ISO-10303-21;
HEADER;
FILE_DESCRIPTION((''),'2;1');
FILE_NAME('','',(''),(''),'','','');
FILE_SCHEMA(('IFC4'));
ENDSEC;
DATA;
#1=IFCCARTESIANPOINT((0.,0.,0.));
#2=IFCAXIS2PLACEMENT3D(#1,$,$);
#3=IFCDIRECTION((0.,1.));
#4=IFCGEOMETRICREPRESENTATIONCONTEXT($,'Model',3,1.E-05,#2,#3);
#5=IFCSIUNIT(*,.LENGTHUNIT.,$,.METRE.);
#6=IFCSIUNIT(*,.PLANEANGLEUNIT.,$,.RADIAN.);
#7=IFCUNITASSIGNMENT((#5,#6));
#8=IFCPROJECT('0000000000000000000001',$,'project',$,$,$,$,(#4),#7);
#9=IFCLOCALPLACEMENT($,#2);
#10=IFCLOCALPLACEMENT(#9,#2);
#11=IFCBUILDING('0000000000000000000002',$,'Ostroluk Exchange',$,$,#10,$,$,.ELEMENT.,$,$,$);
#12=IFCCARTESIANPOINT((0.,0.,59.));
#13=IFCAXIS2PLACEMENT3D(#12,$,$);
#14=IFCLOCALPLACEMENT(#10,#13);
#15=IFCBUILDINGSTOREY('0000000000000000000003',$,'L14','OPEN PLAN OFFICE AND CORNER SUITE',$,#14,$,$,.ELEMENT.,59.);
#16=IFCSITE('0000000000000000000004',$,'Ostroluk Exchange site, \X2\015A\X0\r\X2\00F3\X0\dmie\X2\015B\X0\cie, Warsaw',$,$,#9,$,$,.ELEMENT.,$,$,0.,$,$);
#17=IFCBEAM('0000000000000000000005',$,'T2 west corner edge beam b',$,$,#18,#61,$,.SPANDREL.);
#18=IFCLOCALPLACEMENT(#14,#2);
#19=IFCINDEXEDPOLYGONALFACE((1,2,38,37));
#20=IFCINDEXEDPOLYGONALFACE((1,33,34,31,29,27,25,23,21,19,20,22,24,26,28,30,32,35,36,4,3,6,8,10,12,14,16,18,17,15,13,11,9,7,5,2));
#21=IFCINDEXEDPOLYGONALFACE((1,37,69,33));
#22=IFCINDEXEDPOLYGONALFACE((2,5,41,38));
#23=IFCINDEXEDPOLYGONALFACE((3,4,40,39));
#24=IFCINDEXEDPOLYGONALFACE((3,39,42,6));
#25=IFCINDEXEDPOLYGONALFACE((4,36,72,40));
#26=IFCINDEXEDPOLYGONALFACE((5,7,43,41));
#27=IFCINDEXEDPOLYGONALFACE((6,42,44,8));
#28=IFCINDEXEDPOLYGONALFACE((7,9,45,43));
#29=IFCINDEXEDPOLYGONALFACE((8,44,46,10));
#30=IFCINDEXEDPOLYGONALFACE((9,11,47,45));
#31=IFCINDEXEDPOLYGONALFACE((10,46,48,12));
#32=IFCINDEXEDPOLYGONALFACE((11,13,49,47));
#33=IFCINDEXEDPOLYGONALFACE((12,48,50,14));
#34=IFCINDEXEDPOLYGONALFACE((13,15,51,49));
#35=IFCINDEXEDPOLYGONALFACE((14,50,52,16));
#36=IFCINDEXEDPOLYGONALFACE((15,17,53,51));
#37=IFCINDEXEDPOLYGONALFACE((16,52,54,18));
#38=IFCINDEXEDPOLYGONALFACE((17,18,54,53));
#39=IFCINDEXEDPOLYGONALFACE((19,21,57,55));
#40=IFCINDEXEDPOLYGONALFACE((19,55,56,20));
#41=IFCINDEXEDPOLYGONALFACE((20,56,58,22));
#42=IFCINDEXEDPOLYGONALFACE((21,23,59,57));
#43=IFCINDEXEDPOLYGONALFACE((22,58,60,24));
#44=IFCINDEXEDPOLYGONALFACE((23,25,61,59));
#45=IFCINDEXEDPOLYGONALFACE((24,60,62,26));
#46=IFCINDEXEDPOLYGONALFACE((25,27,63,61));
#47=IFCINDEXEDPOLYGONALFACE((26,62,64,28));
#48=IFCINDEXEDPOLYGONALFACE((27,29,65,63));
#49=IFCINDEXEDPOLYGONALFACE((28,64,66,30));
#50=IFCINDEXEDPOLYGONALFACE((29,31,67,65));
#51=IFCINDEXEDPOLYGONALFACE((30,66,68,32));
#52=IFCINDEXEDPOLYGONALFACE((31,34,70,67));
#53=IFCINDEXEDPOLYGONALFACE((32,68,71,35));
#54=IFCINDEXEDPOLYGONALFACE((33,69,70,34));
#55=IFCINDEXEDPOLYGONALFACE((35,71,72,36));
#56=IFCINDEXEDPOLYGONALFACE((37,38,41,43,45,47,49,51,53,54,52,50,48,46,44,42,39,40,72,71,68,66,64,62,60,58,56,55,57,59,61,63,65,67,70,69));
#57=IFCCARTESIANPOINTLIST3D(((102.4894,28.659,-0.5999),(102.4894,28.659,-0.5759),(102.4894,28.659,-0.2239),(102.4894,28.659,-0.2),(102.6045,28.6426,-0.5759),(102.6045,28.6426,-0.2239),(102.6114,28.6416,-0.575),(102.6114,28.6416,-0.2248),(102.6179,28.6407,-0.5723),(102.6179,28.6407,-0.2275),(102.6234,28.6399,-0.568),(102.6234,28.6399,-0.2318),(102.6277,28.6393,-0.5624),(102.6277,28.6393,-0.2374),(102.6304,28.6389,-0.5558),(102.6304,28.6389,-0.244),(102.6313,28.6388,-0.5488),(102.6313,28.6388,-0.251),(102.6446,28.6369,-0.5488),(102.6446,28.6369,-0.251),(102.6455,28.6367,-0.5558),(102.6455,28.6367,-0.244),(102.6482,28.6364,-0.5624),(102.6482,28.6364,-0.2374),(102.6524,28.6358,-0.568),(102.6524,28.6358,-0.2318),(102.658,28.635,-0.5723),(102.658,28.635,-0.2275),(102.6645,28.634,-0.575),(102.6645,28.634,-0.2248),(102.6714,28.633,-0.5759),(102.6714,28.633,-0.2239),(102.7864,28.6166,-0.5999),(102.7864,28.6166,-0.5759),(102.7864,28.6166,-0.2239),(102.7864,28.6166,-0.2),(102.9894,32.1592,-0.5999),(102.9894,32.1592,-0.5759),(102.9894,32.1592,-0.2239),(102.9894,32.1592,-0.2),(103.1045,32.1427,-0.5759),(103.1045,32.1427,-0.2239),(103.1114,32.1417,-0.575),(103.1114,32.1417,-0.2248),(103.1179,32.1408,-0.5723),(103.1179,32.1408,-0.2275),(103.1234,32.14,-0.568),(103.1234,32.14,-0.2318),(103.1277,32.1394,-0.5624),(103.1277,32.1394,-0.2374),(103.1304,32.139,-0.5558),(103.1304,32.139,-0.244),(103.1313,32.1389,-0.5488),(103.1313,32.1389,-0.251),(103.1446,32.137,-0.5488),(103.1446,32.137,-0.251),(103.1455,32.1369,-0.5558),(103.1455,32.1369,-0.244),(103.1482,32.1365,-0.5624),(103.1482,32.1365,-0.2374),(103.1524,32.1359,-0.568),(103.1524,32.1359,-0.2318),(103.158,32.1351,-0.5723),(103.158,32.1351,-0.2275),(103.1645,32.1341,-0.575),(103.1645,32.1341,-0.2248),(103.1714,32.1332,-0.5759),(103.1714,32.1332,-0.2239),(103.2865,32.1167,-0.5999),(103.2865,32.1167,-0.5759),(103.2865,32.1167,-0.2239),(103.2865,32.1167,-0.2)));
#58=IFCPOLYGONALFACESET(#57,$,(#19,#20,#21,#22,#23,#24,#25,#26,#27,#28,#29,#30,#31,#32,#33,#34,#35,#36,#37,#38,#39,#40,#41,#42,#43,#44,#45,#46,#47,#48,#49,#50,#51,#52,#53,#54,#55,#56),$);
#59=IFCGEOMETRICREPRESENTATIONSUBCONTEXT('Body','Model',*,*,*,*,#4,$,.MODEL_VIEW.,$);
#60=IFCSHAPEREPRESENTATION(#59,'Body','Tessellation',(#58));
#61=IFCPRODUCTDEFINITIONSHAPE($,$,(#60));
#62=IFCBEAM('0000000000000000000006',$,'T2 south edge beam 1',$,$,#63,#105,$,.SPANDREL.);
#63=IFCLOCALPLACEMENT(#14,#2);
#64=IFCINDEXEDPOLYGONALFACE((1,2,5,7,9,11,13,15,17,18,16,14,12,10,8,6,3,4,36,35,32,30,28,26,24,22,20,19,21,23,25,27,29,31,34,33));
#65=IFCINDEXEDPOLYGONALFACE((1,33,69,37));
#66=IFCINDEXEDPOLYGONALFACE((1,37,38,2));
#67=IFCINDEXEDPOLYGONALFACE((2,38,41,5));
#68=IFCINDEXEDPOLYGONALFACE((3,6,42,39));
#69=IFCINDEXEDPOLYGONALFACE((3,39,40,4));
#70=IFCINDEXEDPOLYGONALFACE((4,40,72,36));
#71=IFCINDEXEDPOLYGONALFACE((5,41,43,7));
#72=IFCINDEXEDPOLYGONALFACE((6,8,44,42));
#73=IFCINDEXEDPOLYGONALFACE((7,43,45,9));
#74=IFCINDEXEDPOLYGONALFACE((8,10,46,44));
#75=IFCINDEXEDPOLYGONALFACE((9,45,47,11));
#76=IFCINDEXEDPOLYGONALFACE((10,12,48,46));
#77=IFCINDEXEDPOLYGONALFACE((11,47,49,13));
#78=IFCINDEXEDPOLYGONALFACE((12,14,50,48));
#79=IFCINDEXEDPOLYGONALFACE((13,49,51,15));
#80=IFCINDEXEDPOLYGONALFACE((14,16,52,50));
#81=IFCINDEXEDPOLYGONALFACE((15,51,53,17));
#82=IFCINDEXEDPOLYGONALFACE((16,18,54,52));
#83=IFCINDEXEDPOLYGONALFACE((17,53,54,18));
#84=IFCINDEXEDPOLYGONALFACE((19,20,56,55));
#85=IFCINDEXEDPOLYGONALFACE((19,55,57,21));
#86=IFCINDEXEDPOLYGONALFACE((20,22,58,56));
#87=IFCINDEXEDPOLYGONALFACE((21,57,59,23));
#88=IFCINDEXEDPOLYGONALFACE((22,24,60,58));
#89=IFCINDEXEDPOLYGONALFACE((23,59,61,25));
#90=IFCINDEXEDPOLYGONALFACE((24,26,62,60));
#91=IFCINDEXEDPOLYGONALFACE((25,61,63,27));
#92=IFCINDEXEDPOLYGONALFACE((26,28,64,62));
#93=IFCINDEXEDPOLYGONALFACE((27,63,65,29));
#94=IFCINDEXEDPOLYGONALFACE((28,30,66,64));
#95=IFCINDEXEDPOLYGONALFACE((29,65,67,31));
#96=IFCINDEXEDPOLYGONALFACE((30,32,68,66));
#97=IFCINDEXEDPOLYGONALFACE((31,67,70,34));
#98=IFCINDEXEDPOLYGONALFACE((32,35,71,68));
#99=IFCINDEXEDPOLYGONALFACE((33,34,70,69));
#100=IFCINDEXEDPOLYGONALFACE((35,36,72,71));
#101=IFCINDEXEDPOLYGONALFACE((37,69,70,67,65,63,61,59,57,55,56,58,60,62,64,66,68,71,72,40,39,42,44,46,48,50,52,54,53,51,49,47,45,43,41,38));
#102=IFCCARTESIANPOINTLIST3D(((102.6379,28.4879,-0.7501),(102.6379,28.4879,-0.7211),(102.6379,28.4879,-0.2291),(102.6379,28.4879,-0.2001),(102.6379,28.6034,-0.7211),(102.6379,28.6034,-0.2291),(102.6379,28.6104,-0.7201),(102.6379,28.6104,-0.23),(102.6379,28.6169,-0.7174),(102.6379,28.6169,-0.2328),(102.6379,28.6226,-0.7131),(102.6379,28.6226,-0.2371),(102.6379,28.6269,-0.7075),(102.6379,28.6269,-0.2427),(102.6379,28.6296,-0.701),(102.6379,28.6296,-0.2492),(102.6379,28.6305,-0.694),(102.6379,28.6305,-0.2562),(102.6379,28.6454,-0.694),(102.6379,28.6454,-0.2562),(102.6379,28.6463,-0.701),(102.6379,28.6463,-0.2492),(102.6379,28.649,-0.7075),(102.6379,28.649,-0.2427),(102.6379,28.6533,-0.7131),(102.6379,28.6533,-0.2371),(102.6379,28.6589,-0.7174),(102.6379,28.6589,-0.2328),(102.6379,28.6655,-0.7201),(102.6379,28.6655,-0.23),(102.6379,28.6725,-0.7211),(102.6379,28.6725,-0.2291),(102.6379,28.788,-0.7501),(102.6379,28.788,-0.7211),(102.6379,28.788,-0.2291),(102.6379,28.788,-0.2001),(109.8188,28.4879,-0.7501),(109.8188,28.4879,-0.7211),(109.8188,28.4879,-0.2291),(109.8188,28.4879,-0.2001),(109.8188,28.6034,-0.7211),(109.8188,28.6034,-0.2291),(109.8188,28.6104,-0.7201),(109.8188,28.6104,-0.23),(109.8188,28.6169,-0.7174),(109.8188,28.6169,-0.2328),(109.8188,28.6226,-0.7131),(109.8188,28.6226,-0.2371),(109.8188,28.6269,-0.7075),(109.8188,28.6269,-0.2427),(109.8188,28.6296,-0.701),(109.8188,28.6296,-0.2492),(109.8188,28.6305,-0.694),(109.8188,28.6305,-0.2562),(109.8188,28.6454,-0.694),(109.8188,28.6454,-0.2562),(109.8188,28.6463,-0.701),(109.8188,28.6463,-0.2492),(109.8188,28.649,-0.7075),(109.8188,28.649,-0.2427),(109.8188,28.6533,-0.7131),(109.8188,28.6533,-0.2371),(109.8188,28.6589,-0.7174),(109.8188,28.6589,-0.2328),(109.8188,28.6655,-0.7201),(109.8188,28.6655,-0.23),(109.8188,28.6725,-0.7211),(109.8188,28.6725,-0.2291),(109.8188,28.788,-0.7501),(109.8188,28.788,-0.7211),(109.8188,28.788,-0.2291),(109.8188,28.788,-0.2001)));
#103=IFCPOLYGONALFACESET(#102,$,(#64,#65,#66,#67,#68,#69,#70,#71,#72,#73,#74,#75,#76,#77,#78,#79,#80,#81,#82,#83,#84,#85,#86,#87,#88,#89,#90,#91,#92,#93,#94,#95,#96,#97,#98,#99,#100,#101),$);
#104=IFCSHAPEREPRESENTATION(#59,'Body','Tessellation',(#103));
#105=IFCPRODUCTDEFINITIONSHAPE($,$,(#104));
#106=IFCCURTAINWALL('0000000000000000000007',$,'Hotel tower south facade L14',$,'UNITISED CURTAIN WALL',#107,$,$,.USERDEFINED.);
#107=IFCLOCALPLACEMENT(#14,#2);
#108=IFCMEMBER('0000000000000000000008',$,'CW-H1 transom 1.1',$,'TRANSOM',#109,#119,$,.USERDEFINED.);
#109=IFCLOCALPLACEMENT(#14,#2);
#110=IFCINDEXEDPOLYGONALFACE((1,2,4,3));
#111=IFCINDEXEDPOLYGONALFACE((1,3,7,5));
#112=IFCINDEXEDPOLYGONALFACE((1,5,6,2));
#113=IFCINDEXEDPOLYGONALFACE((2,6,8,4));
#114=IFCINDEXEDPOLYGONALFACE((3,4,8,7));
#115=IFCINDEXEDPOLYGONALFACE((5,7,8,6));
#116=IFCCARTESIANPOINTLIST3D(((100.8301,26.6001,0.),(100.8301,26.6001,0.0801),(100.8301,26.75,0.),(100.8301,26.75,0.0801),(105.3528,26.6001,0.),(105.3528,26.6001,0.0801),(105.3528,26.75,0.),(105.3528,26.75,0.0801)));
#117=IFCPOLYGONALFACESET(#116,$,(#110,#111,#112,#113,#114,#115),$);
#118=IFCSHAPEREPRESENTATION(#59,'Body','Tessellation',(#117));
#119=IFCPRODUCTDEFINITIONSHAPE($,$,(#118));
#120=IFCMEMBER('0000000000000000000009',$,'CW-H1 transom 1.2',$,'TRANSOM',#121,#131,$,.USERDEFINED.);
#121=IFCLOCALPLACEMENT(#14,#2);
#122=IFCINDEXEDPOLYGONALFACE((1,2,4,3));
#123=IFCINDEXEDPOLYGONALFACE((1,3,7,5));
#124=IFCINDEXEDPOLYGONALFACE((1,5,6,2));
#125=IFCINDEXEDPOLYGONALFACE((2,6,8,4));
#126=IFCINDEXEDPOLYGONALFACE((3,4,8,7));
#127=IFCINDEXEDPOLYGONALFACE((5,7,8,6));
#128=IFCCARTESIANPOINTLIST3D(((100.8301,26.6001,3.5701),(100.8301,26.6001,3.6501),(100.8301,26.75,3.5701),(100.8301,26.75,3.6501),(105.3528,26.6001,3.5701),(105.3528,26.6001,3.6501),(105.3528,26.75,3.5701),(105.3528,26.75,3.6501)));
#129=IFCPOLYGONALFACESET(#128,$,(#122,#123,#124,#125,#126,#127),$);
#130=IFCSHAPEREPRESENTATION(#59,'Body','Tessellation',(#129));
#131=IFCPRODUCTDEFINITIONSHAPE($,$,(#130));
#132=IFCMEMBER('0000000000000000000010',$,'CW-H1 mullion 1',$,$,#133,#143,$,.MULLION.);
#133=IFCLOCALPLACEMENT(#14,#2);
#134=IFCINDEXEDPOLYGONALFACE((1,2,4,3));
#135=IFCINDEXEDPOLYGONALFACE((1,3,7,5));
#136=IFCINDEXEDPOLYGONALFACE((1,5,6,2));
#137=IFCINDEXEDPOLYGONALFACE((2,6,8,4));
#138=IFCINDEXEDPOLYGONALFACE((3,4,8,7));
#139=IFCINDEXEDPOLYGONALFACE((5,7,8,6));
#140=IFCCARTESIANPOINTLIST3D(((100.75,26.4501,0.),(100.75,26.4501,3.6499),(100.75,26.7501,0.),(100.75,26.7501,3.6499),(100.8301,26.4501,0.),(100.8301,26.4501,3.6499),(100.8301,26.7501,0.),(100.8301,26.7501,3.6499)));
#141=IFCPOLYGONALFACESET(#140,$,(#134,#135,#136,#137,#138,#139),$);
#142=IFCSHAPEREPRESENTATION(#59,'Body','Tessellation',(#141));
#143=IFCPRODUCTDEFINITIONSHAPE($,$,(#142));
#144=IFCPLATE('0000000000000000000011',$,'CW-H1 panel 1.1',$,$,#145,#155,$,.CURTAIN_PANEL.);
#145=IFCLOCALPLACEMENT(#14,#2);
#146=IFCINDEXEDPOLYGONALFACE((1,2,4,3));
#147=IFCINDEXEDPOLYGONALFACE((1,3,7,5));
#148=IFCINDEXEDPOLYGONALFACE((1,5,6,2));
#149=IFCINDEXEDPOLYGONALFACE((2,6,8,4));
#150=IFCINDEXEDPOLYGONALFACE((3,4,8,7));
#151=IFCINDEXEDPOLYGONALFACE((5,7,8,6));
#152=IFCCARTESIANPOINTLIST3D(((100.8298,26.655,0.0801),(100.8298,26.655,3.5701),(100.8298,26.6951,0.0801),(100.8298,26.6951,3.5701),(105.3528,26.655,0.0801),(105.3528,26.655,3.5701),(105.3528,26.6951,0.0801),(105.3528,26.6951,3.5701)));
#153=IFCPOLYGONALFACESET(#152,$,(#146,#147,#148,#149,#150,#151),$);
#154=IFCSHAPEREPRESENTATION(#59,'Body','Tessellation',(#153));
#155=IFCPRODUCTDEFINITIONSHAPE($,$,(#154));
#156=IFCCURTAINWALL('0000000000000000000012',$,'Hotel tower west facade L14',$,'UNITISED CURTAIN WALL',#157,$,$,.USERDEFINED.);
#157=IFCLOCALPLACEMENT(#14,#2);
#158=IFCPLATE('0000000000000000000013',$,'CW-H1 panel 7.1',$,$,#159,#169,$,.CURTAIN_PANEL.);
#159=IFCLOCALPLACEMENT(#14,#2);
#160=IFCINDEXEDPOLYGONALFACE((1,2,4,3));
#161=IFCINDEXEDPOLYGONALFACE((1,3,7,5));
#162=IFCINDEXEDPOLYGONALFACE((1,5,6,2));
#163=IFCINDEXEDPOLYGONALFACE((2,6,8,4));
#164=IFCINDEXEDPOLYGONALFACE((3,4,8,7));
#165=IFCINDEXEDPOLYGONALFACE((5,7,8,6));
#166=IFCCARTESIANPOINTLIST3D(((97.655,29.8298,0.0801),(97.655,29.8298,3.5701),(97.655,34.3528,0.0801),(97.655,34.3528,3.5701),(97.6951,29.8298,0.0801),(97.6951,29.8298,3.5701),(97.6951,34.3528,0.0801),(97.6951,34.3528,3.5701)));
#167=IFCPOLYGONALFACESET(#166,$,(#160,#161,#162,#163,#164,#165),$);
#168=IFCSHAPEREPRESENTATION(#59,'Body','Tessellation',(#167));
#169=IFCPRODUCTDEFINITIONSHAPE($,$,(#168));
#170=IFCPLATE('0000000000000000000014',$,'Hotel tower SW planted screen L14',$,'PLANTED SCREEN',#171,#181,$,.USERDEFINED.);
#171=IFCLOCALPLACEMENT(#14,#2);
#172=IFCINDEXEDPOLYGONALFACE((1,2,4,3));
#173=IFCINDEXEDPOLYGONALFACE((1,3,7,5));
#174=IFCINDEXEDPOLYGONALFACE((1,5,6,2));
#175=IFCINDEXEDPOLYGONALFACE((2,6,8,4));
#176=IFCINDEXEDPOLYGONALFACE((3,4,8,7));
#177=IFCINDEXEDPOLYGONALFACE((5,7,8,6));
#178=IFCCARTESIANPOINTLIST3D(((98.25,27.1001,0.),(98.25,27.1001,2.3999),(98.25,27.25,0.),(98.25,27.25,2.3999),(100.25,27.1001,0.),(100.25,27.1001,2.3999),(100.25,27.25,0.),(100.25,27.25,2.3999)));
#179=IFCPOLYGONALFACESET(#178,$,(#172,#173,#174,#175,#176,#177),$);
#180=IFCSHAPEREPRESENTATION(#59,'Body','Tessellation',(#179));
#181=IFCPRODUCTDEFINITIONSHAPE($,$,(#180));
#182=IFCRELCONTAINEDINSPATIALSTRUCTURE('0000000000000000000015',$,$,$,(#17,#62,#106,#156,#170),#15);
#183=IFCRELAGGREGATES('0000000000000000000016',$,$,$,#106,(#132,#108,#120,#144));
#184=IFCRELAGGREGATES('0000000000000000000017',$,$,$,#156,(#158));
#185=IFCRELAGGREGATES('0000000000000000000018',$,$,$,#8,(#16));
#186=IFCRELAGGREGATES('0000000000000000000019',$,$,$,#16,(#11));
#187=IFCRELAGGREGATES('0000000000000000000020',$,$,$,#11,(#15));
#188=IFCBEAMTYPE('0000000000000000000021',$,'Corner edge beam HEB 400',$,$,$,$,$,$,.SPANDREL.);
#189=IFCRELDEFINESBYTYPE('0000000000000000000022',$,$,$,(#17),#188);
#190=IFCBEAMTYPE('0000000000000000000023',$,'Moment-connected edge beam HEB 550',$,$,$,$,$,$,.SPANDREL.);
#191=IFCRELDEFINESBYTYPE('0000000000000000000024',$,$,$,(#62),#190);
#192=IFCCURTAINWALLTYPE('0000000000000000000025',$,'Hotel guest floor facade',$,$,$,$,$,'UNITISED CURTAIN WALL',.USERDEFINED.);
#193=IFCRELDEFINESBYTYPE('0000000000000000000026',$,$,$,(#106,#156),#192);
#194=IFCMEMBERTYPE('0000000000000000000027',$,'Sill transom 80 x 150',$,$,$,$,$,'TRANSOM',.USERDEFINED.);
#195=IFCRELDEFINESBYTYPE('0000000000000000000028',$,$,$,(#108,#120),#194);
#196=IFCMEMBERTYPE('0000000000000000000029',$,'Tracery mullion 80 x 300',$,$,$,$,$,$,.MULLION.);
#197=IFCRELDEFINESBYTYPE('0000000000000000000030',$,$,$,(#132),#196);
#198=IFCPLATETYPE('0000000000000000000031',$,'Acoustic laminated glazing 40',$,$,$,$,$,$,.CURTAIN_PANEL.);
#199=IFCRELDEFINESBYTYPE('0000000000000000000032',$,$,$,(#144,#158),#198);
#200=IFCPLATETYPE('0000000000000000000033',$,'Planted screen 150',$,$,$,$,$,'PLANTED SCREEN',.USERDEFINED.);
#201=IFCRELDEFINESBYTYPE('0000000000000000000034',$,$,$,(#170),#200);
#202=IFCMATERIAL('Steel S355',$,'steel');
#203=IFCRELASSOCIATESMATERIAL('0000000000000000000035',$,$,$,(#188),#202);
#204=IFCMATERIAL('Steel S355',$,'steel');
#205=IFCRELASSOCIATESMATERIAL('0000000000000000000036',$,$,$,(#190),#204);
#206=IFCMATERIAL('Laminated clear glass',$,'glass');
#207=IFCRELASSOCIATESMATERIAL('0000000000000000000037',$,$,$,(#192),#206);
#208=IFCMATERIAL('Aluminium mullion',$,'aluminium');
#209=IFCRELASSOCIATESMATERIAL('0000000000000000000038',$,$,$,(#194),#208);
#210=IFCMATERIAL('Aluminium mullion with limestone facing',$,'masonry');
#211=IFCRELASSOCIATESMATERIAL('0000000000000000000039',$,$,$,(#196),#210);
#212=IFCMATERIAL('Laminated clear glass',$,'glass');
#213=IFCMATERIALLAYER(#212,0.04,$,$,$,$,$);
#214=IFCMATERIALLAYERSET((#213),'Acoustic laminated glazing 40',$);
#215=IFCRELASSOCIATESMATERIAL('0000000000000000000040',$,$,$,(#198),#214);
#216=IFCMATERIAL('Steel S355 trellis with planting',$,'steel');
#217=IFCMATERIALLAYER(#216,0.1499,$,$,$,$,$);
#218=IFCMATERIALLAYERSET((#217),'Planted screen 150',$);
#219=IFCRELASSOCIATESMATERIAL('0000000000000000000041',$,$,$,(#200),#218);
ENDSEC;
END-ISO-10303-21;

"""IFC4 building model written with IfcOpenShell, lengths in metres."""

from ifc_helpers import new_model, si_unit, direction, frame, origin, origin_2d, place, context, subcontext, project, spatial, rectangle, i_section, extrude, material, layer, layer_set, material_profile, profile_set, type_object, element, aggregate, save


model = new_model("IFC4")

# Units and contexts
model_context = context("Model", 3, precision=1e-05, world=origin(), true_north=direction((0.0, 1.0)))
body_context = subcontext(model_context, "Body", "Model", "MODEL_VIEW")
ifc_project = project(units=[si_unit("LENGTHUNIT", "METRE"), si_unit("PLANEANGLEUNIT", "RADIAN")], contexts=[model_context])

# Site, building, storey
site_placement = place(None, origin())
site = spatial("IfcSite", under=ifc_project, at=site_placement, Name="Ostroluk Exchange site, Śródmieście, Warsaw", CompositionType="ELEMENT", RefElevation=0.0)
building_placement = place(site_placement, origin())
building = spatial("IfcBuilding", under=site, at=building_placement, Name="Ostroluk Exchange", CompositionType="ELEMENT")
storey_placement = place(building_placement, frame((0.0, 0.0, 59.0)))
storey = spatial("IfcBuildingStorey", under=building, at=storey_placement, Name="L14", Description="OPEN PLAN OFFICE AND CORNER SUITE", CompositionType="ELEMENT", Elevation=59.0)

# Beams
ifc_material_1 = material(Name="Steel S355", Category="steel")
ifc_material_profile_1 = material_profile(ifc_material_1, i_section(OverallWidth=0.3, OverallDepth=0.3999, WebThickness=0.0134, FlangeThickness=0.0239, FilletRadius=0.0271, at=origin_2d()), Name="HEB 400")
ifc_profile_set_1 = profile_set([ifc_material_profile_1], Name="Steel S355")
beam_type_1 = type_object("IfcBeamType", Name="Corner edge beam HEB 400", PredefinedType="SPANDREL", material=ifc_profile_set_1)
for number, where, z_axis, x_axis, name in (
    (1, (103.1379, 32.1379, -0.3999), (-0.141421, -0.989949, 0.0), (0.989949, -0.141421, 0.0), "T2 west corner edge beam b"),
):
    element("IfcBeam", number, at=place(storey_placement, frame(where, z_axis=z_axis, x_axis=x_axis)), inside=storey, type_object=beam_type_1, Name=name, PredefinedType="SPANDREL", context=body_context, shape_type="SweptSolid", body=[
        extrude(i_section(OverallWidth=0.3, OverallDepth=0.3999, WebThickness=0.0134, FlangeThickness=0.0239, FilletRadius=0.0271, at=origin_2d()), origin(), (0.0, 0.0, 1.0), 3.5356),
    ])
ifc_material_2 = material(Name="Steel S355", Category="steel")
ifc_material_profile_2 = material_profile(ifc_material_2, i_section(OverallWidth=0.3, OverallDepth=0.55, WebThickness=0.0149, FlangeThickness=0.0291, FilletRadius=0.0271, at=origin_2d()), Name="HEB 550")
ifc_profile_set_2 = profile_set([ifc_material_profile_2], Name="Steel S355")
beam_type_2 = type_object("IfcBeamType", Name="Moment-connected edge beam HEB 550", PredefinedType="SPANDREL", material=ifc_profile_set_2)
beam_1_placement = place(storey_placement, frame((102.6379, 28.6379, -0.4751), z_axis=(1.0, 0.0, 0.0), x_axis=(0.0, 1.0, 0.0)))
element("IfcBeam", 2, at=beam_1_placement, inside=storey, type_object=beam_type_2, Name="T2 south edge beam 1", PredefinedType="SPANDREL", context=body_context, shape_type="SweptSolid", body=[
    extrude(i_section(OverallWidth=0.3, OverallDepth=0.55, WebThickness=0.0149, FlangeThickness=0.0291, FilletRadius=0.0271, at=origin_2d()), origin(), (0.0, 0.0, 1.0), 7.1809),
])

# Curtain wall, members, plate
ifc_material_3 = material(Name="Laminated clear glass", Category="glass")
curtain_wall_type = type_object("IfcCurtainWallType", Name="Hotel guest floor facade", ElementType="UNITISED CURTAIN WALL", PredefinedType="USERDEFINED", material=ifc_material_3)
curtain_wall_1_placement = place(storey_placement, origin())
curtain_wall_1 = element("IfcCurtainWall", 3, at=curtain_wall_1_placement, inside=storey, type_object=curtain_wall_type, Name="Hotel tower south facade L14", ObjectType="UNITISED CURTAIN WALL", PredefinedType="USERDEFINED")
ifc_material_4 = material(Name="Aluminium mullion", Category="aluminium")
ifc_material_profile_3 = material_profile(ifc_material_4, rectangle(XDim=0.1499, YDim=0.0801, at=origin_2d()), Name="Sill transom 80 x 150")
ifc_profile_set_3 = profile_set([ifc_material_profile_3], Name="Aluminium mullion")
member_type_1 = type_object("IfcMemberType", Name="Sill transom 80 x 150", ElementType="TRANSOM", PredefinedType="USERDEFINED", material=ifc_profile_set_3)
member_1_placement = place(storey_placement, frame((100.8301, 26.675, 0.04), z_axis=(1.0, 0.0, 0.0), x_axis=(0.0, 1.0, 0.0)))
member_1 = element("IfcMember", 4, at=member_1_placement, type_object=member_type_1, Name="CW-H1 transom 1.1", ObjectType="TRANSOM", PredefinedType="USERDEFINED", context=body_context, shape_type="SweptSolid", body=[
    extrude(rectangle(XDim=0.1499, YDim=0.0801, at=origin_2d()), origin(), (0.0, 0.0, 1.0), 4.5227),
])
member_2_placement = place(storey_placement, frame((100.8301, 26.675, 3.6101), z_axis=(1.0, 0.0, 0.0), x_axis=(0.0, 1.0, 0.0)))
member_2 = element("IfcMember", 5, at=member_2_placement, type_object=member_type_1, Name="CW-H1 transom 1.2", ObjectType="TRANSOM", PredefinedType="USERDEFINED", context=body_context, shape_type="SweptSolid", body=[
    extrude(rectangle(XDim=0.1499, YDim=0.0801, at=origin_2d()), origin(), (0.0, 0.0, 1.0), 4.5227),
])
ifc_material_5 = material(Name="Aluminium mullion with limestone facing", Category="masonry")
ifc_material_profile_4 = material_profile(ifc_material_5, rectangle(XDim=0.3, YDim=0.0801, at=origin_2d()), Name="Tracery mullion 80 x 300")
ifc_profile_set_4 = profile_set([ifc_material_profile_4], Name="Aluminium mullion with limestone facing")
member_type_2 = type_object("IfcMemberType", Name="Tracery mullion 80 x 300", PredefinedType="MULLION", material=ifc_profile_set_4)
member_3_placement = place(storey_placement, frame((100.79, 26.6001, 0.0), z_axis=(0.0, 0.0, 1.0), x_axis=(0.0, 1.0, 0.0)))
member_3 = element("IfcMember", 6, at=member_3_placement, type_object=member_type_2, Name="CW-H1 mullion 1", PredefinedType="MULLION", context=body_context, shape_type="SweptSolid", body=[
    extrude(rectangle(XDim=0.3, YDim=0.0801, at=origin_2d()), origin(), (0.0, 0.0, 1.0), 3.6499),
])
ifc_material_6 = material(Name="Laminated clear glass", Category="glass")
ifc_layer_1 = layer(ifc_material_6, 0.04)
ifc_layer_set_1 = layer_set([ifc_layer_1], Name="Acoustic laminated glazing 40")
plate_type_1 = type_object("IfcPlateType", Name="Acoustic laminated glazing 40", PredefinedType="CURTAIN_PANEL", material=ifc_layer_set_1)
plate_1_placement = place(storey_placement, frame((103.0913, 26.675, 0.0801), z_axis=(0.0, 0.0, 1.0), x_axis=(1.0, 0.0, 0.0)))
plate_1 = element("IfcPlate", 7, at=plate_1_placement, type_object=plate_type_1, Name="CW-H1 panel 1.1", PredefinedType="CURTAIN_PANEL", context=body_context, shape_type="SweptSolid", body=[
    extrude(rectangle(XDim=4.5229, YDim=0.04, at=origin_2d()), origin(), (0.0, 0.0, 1.0), 3.49),
])
aggregate(curtain_wall_1, [member_3, member_1, member_2, plate_1])

# Curtain wall, plate
curtain_wall_2_placement = place(storey_placement, origin())
curtain_wall_2 = element("IfcCurtainWall", 8, at=curtain_wall_2_placement, inside=storey, type_object=curtain_wall_type, Name="Hotel tower west facade L14", ObjectType="UNITISED CURTAIN WALL", PredefinedType="USERDEFINED")
plate_2_placement = place(storey_placement, frame((97.675, 32.0913, 0.0801), z_axis=(0.0, 0.0, 1.0), x_axis=(0.0, -1.0, 0.0)))
plate_2 = element("IfcPlate", 9, at=plate_2_placement, type_object=plate_type_1, Name="CW-H1 panel 7.1", PredefinedType="CURTAIN_PANEL", context=body_context, shape_type="SweptSolid", body=[
    extrude(rectangle(XDim=4.5229, YDim=0.04, at=origin_2d()), origin(), (0.0, 0.0, 1.0), 3.49),
])
aggregate(curtain_wall_2, [plate_2])

# Plate
ifc_material_7 = material(Name="Steel S355 trellis with planting", Category="steel")
ifc_layer_2 = layer(ifc_material_7, 0.1499)
ifc_layer_set_2 = layer_set([ifc_layer_2], Name="Planted screen 150")
plate_type_2 = type_object("IfcPlateType", Name="Planted screen 150", ElementType="PLANTED SCREEN", PredefinedType="USERDEFINED", material=ifc_layer_set_2)
plate_3_placement = place(storey_placement, frame((99.25, 27.175, 0.0), z_axis=(0.0, 0.0, 1.0), x_axis=(1.0, 0.0, 0.0)))
element("IfcPlate", 10, at=plate_3_placement, inside=storey, type_object=plate_type_2, Name="Hotel tower SW planted screen L14", ObjectType="PLANTED SCREEN", PredefinedType="USERDEFINED", context=body_context, shape_type="SweptSolid", body=[
    extrude(rectangle(XDim=2.0, YDim=0.1499, at=origin_2d()), origin(), (0.0, 0.0, 1.0), 2.3999),
])

save(model, "model.ifc")
